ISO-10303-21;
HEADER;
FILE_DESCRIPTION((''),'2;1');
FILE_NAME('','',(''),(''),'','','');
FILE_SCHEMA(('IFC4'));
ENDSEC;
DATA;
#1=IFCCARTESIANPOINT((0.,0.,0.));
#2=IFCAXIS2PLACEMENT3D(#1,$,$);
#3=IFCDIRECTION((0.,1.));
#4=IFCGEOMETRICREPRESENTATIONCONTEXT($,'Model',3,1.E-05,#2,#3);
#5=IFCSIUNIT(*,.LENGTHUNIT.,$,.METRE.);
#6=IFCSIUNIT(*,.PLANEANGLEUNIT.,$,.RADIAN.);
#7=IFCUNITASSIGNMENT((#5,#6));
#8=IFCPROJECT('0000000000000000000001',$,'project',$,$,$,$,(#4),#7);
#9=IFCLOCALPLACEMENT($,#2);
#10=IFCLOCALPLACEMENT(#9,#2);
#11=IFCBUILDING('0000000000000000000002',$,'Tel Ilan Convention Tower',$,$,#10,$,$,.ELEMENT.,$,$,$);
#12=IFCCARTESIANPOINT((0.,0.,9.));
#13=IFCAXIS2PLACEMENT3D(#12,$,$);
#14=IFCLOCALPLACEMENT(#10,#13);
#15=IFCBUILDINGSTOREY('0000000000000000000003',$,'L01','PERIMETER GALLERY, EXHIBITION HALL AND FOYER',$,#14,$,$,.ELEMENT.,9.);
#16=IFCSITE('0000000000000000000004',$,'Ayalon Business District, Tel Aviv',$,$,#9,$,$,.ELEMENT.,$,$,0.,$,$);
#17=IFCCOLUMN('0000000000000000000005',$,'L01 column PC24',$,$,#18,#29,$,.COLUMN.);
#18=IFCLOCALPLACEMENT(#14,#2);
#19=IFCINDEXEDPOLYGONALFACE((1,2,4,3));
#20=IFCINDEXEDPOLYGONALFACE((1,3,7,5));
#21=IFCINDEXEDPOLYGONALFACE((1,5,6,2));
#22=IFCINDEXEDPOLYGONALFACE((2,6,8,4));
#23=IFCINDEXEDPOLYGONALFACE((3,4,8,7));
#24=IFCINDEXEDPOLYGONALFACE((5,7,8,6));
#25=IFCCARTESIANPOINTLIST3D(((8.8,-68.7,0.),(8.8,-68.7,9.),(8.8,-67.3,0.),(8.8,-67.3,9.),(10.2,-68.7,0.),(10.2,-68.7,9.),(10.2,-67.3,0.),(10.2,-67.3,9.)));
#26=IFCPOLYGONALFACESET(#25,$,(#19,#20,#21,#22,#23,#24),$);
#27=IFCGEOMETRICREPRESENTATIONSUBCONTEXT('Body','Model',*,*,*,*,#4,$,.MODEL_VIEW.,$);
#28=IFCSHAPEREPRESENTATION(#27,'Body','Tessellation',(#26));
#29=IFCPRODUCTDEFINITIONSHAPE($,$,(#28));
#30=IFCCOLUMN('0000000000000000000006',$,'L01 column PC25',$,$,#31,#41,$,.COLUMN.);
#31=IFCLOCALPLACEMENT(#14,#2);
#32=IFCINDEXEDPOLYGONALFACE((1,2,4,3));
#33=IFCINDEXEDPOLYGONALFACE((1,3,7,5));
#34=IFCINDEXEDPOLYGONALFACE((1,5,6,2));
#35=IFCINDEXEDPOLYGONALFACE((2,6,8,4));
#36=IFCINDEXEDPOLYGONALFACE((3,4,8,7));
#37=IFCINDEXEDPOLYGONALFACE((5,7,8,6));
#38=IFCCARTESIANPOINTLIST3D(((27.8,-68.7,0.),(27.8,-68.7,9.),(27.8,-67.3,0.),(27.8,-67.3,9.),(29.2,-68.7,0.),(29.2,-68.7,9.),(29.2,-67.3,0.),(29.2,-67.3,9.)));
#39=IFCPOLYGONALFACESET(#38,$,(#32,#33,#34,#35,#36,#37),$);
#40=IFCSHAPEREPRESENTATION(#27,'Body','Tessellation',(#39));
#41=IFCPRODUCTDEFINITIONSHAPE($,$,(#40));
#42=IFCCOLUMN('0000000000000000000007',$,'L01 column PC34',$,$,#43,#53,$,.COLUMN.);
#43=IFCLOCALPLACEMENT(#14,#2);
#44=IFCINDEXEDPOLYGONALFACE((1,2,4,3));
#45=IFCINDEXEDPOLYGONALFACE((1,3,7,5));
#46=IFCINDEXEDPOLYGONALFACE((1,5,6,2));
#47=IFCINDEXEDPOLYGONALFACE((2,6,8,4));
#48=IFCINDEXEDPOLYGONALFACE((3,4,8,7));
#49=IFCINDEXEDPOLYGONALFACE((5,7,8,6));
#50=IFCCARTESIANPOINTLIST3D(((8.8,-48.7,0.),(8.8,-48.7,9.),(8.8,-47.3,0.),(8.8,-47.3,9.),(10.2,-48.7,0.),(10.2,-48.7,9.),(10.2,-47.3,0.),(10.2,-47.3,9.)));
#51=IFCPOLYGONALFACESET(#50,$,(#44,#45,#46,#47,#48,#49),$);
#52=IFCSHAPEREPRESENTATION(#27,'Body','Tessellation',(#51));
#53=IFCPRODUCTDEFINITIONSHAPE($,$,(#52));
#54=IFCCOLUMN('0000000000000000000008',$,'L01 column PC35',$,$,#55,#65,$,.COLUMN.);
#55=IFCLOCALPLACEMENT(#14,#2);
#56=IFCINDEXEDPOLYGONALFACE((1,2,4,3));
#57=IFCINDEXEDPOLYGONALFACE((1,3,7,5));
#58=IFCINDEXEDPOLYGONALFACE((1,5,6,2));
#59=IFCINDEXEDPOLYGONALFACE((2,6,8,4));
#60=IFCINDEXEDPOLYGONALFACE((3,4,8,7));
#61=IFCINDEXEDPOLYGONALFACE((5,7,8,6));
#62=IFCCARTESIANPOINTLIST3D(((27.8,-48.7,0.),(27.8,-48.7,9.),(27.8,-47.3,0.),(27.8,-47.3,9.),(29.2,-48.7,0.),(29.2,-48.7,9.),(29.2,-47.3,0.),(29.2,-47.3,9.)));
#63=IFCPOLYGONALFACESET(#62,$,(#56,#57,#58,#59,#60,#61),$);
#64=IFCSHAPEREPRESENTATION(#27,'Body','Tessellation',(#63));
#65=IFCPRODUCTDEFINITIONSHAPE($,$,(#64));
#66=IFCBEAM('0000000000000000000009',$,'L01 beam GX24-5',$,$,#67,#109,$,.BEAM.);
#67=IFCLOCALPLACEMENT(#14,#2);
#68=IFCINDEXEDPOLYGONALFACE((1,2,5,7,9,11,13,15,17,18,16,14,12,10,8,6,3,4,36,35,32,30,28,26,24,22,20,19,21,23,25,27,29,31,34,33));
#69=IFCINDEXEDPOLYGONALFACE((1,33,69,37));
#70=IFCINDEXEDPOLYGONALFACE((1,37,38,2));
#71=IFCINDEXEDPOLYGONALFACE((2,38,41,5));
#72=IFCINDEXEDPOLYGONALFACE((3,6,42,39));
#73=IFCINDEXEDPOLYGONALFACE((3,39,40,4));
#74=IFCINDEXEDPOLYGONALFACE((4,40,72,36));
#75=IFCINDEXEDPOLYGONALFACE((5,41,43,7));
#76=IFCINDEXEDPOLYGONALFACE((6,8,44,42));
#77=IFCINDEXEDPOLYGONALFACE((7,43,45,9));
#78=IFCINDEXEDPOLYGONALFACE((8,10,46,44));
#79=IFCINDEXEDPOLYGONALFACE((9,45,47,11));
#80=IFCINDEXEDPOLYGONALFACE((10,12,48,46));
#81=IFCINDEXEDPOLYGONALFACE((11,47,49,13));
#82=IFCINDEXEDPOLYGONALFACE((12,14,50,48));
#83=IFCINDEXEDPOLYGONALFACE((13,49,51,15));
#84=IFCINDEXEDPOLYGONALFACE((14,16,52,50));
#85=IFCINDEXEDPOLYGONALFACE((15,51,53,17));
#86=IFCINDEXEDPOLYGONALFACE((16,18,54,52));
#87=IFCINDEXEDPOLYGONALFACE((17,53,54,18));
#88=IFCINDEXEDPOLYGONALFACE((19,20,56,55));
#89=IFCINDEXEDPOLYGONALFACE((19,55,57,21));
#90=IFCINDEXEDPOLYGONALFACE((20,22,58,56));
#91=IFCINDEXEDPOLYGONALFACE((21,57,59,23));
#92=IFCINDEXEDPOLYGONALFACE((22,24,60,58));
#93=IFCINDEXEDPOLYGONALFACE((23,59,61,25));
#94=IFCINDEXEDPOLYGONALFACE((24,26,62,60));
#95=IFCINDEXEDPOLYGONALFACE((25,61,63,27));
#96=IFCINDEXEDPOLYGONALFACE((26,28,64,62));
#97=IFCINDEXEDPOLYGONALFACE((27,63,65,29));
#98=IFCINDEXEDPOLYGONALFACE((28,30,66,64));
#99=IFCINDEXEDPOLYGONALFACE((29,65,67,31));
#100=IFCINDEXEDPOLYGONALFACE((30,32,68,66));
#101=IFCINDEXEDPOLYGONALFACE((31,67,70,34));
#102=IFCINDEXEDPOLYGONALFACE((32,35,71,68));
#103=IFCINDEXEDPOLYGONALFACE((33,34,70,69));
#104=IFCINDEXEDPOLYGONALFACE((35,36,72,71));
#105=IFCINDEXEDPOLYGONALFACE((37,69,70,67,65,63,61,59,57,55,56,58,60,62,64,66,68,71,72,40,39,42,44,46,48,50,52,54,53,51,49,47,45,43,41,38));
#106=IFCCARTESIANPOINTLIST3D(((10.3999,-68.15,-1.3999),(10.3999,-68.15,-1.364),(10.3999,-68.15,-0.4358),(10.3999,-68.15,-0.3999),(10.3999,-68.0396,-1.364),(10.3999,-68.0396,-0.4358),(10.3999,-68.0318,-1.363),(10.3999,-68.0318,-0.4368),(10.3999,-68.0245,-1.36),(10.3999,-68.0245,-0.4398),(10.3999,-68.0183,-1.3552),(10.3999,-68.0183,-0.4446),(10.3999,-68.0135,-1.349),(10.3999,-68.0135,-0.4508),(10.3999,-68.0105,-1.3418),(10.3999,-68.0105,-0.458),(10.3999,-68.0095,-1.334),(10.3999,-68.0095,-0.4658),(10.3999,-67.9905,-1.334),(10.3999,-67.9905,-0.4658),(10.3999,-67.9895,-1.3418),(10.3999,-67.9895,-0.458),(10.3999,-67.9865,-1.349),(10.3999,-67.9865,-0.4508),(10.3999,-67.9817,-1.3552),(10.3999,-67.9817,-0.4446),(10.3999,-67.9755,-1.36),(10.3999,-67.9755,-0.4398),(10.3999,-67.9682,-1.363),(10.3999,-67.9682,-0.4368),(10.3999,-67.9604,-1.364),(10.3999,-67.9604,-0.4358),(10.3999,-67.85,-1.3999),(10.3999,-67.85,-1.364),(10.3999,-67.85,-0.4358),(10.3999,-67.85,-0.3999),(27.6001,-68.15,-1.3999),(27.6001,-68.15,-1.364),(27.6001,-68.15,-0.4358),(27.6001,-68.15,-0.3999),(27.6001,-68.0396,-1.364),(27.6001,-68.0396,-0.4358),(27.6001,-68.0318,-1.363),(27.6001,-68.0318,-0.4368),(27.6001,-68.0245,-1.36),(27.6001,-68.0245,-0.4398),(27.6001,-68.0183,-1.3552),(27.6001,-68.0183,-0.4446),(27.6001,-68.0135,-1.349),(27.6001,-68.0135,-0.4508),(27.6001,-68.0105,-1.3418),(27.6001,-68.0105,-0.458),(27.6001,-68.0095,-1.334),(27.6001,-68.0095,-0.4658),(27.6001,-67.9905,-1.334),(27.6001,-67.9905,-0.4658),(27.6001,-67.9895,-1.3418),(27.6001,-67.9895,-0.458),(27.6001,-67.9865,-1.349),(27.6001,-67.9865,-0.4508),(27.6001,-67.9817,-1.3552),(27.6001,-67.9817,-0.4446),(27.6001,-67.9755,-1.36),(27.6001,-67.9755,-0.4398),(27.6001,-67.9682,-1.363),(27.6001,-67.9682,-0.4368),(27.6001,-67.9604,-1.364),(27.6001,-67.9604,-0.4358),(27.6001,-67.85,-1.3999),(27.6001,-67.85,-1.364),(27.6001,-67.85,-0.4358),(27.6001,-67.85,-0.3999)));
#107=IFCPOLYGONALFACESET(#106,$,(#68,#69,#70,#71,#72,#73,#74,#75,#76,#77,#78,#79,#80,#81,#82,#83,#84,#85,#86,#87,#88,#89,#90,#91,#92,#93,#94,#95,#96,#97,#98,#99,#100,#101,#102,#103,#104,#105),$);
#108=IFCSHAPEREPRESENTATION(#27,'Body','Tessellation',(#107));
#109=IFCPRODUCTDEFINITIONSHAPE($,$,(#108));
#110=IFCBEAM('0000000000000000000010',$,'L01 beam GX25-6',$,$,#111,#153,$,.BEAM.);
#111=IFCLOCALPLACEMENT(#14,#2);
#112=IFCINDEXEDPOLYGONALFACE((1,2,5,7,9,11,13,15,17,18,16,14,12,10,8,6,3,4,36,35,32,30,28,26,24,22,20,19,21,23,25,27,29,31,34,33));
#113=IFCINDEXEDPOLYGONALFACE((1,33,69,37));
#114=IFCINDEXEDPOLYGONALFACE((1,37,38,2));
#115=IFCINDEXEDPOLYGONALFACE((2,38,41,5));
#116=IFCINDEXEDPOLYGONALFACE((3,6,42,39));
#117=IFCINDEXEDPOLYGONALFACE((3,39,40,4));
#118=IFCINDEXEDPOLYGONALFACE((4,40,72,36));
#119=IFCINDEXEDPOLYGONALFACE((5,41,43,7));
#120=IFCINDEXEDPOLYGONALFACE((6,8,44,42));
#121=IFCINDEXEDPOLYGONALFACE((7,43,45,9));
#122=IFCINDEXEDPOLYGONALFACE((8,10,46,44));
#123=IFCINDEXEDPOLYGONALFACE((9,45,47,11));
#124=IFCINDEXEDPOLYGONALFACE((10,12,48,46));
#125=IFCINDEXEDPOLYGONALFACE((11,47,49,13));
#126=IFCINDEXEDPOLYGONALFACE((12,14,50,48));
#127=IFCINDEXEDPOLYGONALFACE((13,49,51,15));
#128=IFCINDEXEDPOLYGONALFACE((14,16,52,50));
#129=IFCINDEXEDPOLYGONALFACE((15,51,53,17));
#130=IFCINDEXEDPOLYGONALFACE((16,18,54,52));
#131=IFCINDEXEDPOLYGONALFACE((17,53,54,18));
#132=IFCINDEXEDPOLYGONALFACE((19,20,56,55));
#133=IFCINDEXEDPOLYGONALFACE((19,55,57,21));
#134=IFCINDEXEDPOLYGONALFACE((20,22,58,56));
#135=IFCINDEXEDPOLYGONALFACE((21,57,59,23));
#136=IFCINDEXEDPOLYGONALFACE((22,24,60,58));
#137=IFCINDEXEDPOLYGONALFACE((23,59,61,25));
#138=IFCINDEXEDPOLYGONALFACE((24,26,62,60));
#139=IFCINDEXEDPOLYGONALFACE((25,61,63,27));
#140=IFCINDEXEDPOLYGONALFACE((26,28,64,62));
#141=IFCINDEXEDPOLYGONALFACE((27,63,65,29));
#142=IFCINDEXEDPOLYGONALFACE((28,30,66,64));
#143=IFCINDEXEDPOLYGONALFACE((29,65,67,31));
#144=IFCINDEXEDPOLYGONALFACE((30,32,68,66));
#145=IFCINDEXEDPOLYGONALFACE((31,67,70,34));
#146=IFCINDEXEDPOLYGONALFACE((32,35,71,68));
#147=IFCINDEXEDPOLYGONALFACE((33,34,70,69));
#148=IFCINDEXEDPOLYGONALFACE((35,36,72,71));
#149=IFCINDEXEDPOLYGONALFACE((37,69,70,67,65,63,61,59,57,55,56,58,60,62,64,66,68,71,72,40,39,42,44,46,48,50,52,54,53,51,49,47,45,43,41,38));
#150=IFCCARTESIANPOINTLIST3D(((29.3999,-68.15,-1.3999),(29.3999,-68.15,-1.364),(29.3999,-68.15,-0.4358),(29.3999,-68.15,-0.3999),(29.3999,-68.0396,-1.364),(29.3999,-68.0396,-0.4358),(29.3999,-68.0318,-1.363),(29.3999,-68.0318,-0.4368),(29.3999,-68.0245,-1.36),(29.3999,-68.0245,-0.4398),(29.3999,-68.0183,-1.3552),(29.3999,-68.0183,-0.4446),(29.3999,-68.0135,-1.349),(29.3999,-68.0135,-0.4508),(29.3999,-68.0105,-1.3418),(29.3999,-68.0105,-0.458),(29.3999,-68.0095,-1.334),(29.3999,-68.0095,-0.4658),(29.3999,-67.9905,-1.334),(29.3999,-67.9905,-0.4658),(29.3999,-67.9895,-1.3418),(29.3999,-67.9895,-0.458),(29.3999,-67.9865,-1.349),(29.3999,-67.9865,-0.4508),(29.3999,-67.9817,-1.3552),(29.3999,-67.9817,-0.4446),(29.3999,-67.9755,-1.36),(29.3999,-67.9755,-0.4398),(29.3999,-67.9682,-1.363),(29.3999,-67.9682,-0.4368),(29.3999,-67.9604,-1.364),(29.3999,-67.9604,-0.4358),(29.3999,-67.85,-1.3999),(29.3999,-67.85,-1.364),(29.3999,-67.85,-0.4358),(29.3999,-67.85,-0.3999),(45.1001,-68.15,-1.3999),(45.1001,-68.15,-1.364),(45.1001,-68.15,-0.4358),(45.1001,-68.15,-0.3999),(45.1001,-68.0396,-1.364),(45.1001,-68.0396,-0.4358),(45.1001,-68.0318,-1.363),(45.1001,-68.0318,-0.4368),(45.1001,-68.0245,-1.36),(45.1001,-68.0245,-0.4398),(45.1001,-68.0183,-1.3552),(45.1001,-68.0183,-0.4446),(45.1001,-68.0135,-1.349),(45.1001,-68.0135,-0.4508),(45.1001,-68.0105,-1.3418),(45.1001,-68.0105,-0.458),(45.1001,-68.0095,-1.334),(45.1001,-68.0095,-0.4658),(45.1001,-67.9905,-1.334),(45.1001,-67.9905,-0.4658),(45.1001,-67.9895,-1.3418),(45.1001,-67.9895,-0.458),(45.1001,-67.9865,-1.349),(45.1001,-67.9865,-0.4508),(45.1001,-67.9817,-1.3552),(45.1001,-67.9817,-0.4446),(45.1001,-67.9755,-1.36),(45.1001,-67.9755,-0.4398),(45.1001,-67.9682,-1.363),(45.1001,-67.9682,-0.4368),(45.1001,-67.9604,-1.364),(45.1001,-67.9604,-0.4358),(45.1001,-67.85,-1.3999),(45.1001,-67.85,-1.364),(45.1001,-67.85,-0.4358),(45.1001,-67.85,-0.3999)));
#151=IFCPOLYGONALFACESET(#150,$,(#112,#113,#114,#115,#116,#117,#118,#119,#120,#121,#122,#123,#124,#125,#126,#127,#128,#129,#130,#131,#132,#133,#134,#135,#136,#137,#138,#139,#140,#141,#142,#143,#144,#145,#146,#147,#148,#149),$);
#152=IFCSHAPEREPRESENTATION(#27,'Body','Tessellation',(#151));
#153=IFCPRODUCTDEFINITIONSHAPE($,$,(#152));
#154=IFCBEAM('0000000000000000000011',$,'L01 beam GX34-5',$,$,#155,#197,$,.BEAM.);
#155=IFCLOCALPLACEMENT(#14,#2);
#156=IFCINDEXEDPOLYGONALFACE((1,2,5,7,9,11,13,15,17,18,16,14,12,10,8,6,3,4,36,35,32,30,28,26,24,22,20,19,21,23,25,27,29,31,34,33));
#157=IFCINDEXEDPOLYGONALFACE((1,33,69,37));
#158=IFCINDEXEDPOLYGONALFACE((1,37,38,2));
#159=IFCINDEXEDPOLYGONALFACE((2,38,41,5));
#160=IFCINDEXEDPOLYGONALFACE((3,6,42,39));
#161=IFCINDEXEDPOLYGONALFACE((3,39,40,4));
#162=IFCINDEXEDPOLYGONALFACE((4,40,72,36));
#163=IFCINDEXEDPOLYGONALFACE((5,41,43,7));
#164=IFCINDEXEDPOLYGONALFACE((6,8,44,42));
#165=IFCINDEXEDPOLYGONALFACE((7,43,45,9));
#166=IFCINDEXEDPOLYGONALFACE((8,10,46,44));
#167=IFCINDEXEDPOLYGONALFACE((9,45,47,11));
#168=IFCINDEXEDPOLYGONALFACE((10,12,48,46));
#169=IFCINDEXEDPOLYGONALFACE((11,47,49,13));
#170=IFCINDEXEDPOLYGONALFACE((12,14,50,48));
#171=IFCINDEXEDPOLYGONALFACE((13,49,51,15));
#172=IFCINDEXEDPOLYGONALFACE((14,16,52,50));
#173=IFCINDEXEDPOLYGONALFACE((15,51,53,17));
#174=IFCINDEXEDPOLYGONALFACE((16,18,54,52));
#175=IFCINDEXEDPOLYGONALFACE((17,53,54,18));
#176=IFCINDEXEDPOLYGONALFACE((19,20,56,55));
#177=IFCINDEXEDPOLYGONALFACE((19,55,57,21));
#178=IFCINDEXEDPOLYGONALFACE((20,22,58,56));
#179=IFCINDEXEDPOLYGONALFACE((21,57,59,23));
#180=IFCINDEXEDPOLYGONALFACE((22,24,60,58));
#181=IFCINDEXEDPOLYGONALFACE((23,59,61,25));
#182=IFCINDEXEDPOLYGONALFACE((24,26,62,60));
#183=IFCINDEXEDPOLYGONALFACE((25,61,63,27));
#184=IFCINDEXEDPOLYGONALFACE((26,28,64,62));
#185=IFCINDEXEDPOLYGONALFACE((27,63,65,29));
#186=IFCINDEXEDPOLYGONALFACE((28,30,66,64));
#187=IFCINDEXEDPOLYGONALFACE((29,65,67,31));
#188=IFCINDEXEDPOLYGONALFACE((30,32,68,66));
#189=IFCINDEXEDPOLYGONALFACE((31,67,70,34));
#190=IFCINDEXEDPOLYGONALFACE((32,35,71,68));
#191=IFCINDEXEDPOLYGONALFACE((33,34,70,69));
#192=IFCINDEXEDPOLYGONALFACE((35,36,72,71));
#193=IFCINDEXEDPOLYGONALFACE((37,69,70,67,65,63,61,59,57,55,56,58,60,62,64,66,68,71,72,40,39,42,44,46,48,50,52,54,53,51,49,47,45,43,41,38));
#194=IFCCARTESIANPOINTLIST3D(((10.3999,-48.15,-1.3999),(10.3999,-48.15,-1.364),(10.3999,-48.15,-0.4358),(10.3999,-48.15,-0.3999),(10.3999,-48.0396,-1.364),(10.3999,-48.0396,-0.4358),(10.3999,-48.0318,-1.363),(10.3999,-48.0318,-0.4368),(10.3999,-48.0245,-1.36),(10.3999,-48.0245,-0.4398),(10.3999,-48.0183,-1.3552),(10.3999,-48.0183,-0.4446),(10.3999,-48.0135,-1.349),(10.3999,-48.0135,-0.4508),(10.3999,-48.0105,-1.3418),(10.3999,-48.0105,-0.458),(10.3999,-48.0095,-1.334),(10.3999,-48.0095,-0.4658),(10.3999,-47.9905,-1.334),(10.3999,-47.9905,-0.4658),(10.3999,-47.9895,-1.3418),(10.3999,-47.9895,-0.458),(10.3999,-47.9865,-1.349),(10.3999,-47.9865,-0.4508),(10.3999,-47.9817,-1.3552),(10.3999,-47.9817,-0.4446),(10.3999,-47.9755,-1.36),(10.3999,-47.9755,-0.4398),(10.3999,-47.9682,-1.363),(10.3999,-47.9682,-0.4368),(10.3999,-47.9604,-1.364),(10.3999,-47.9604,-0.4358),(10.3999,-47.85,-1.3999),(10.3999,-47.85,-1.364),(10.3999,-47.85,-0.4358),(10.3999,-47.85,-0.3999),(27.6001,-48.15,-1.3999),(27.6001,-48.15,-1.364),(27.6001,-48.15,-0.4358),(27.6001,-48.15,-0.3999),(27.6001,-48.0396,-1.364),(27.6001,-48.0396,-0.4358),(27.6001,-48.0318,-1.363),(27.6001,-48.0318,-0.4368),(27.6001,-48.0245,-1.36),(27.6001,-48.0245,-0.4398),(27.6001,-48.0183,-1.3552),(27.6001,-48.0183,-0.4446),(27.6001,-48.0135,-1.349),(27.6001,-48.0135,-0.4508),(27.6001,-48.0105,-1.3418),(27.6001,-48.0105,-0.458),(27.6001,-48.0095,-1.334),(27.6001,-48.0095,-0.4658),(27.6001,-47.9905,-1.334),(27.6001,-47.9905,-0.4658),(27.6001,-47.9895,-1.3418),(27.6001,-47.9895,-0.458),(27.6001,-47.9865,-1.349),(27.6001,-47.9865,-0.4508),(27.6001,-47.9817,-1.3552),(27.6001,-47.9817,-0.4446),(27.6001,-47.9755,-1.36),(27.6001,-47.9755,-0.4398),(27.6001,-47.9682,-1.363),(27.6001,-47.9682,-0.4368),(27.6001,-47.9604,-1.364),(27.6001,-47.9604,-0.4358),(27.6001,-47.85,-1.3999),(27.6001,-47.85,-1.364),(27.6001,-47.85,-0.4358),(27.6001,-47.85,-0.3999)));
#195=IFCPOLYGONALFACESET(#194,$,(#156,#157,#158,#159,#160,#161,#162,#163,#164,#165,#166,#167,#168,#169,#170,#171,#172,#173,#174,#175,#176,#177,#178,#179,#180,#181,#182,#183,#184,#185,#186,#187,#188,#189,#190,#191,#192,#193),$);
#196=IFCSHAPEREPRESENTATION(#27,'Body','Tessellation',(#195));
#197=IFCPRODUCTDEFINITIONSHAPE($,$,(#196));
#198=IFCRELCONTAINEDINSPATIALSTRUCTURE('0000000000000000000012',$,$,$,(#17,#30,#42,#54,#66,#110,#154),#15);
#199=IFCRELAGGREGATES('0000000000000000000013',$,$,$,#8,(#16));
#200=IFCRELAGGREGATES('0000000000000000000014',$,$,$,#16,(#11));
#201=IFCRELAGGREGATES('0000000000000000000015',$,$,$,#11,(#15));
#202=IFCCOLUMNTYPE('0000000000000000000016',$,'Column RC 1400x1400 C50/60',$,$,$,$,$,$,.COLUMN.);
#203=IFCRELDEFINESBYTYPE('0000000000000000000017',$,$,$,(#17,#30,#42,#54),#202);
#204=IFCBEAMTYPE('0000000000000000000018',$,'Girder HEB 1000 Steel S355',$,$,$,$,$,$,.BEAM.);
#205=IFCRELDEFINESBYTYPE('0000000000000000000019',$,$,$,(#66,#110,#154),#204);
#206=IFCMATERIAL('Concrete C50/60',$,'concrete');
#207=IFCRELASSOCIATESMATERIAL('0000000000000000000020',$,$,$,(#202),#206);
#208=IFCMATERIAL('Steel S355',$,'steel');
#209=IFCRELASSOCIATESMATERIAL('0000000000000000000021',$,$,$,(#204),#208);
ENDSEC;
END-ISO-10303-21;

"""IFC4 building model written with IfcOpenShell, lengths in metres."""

from ifc_helpers import new_model, si_unit, direction, frame, origin, origin_2d, place, context, subcontext, project, spatial, rectangle, i_section, extrude, material, material_profile, profile_set, type_object, element, save


model = new_model("IFC4")

# Units and contexts
model_context = context("Model", 3, precision=1e-05, world=origin(), true_north=direction((0.0, 1.0)))
body_context = subcontext(model_context, "Body", "Model", "MODEL_VIEW")
ifc_project = project(units=[si_unit("LENGTHUNIT", "METRE"), si_unit("PLANEANGLEUNIT", "RADIAN")], contexts=[model_context])

# Site, building, storey
site_placement = place(None, origin())
site = spatial("IfcSite", under=ifc_project, at=site_placement, Name="Ayalon Business District, Tel Aviv", CompositionType="ELEMENT", RefElevation=0.0)
building_placement = place(site_placement, origin())
building = spatial("IfcBuilding", under=site, at=building_placement, Name="Tel Ilan Convention Tower", CompositionType="ELEMENT")
storey_placement = place(building_placement, frame((0.0, 0.0, 9.0)))
storey = spatial("IfcBuildingStorey", under=building, at=storey_placement, Name="L01", Description="PERIMETER GALLERY, EXHIBITION HALL AND FOYER", CompositionType="ELEMENT", Elevation=9.0)

# Columns
ifc_material_1 = material(Name="Concrete C50/60", Category="concrete")
ifc_material_profile_1 = material_profile(ifc_material_1, rectangle(XDim=1.3999, YDim=1.3999, at=origin_2d()), Name="RC 1400x1400")
ifc_profile_set_1 = profile_set([ifc_material_profile_1], Name="Concrete C50/60")
column_type = type_object("IfcColumnType", Name="Column RC 1400x1400 C50/60", PredefinedType="COLUMN", material=ifc_profile_set_1)
for number, where, z_axis, x_axis, name in (
    (1, (9.5, -68.0, 0.0), (0.0, 0.0, 1.0), (1.0, 0.0, 0.0), "L01 column PC24"),
    (2, (28.5, -68.0, 0.0), (0.0, 0.0, 1.0), (1.0, 0.0, 0.0), "L01 column PC25"),
    (3, (9.5, -48.0, 0.0), (0.0, 0.0, 1.0), (1.0, 0.0, 0.0), "L01 column PC34"),
    (4, (28.5, -48.0, 0.0), (0.0, 0.0, 1.0), (1.0, 0.0, 0.0), "L01 column PC35"),
):
    element("IfcColumn", number, at=place(storey_placement, frame(where, z_axis=z_axis, x_axis=x_axis)), inside=storey, type_object=column_type, Name=name, PredefinedType="COLUMN", context=body_context, shape_type="SweptSolid", body=[
        extrude(rectangle(XDim=1.3999, YDim=1.3999, at=origin_2d()), origin(), (0.0, 0.0, 1.0), 9.0),
    ])

# Beams
ifc_material_2 = material(Name="Steel S355", Category="steel")
ifc_material_profile_2 = material_profile(ifc_material_2, i_section(OverallWidth=0.3, OverallDepth=1.0, WebThickness=0.019, FlangeThickness=0.0359, FilletRadius=0.03, at=origin_2d()), Name="HEB 1000")
ifc_profile_set_2 = profile_set([ifc_material_profile_2], Name="Steel S355")
beam_type_1 = type_object("IfcBeamType", Name="Girder HEB 1000 Steel S355", PredefinedType="BEAM", material=ifc_profile_set_2)
beam_1_placement = place(storey_placement, frame((10.3999, -68.0, -0.8999), z_axis=(1.0, 0.0, 0.0), x_axis=(0.0, 1.0, 0.0)))
element("IfcBeam", 5, at=beam_1_placement, inside=storey, type_object=beam_type_1, Name="L01 beam GX24-5", PredefinedType="BEAM", context=body_context, shape_type="SweptSolid", body=[
    extrude(i_section(OverallWidth=0.3, OverallDepth=1.0, WebThickness=0.019, FlangeThickness=0.0359, FilletRadius=0.03, at=origin_2d()), origin(), (0.0, 0.0, 1.0), 17.2002),
])
beam_2_placement = place(storey_placement, frame((29.3999, -68.0, -0.8999), z_axis=(1.0, 0.0, 0.0), x_axis=(0.0, 1.0, 0.0)))
element("IfcBeam", 6, at=beam_2_placement, inside=storey, type_object=beam_type_1, Name="L01 beam GX25-6", PredefinedType="BEAM", context=body_context, shape_type="SweptSolid", body=[
    extrude(i_section(OverallWidth=0.3, OverallDepth=1.0, WebThickness=0.019, FlangeThickness=0.0359, FilletRadius=0.03, at=origin_2d()), origin(), (0.0, 0.0, 1.0), 15.7002),
])
beam_3_placement = place(storey_placement, frame((10.3999, -48.0, -0.8999), z_axis=(1.0, 0.0, 0.0), x_axis=(0.0, 1.0, 0.0)))
element("IfcBeam", 7, at=beam_3_placement, inside=storey, type_object=beam_type_1, Name="L01 beam GX34-5", PredefinedType="BEAM", context=body_context, shape_type="SweptSolid", body=[
    extrude(i_section(OverallWidth=0.3, OverallDepth=1.0, WebThickness=0.019, FlangeThickness=0.0359, FilletRadius=0.03, at=origin_2d()), origin(), (0.0, 0.0, 1.0), 17.2002),
])

save(model, "model.ifc")
